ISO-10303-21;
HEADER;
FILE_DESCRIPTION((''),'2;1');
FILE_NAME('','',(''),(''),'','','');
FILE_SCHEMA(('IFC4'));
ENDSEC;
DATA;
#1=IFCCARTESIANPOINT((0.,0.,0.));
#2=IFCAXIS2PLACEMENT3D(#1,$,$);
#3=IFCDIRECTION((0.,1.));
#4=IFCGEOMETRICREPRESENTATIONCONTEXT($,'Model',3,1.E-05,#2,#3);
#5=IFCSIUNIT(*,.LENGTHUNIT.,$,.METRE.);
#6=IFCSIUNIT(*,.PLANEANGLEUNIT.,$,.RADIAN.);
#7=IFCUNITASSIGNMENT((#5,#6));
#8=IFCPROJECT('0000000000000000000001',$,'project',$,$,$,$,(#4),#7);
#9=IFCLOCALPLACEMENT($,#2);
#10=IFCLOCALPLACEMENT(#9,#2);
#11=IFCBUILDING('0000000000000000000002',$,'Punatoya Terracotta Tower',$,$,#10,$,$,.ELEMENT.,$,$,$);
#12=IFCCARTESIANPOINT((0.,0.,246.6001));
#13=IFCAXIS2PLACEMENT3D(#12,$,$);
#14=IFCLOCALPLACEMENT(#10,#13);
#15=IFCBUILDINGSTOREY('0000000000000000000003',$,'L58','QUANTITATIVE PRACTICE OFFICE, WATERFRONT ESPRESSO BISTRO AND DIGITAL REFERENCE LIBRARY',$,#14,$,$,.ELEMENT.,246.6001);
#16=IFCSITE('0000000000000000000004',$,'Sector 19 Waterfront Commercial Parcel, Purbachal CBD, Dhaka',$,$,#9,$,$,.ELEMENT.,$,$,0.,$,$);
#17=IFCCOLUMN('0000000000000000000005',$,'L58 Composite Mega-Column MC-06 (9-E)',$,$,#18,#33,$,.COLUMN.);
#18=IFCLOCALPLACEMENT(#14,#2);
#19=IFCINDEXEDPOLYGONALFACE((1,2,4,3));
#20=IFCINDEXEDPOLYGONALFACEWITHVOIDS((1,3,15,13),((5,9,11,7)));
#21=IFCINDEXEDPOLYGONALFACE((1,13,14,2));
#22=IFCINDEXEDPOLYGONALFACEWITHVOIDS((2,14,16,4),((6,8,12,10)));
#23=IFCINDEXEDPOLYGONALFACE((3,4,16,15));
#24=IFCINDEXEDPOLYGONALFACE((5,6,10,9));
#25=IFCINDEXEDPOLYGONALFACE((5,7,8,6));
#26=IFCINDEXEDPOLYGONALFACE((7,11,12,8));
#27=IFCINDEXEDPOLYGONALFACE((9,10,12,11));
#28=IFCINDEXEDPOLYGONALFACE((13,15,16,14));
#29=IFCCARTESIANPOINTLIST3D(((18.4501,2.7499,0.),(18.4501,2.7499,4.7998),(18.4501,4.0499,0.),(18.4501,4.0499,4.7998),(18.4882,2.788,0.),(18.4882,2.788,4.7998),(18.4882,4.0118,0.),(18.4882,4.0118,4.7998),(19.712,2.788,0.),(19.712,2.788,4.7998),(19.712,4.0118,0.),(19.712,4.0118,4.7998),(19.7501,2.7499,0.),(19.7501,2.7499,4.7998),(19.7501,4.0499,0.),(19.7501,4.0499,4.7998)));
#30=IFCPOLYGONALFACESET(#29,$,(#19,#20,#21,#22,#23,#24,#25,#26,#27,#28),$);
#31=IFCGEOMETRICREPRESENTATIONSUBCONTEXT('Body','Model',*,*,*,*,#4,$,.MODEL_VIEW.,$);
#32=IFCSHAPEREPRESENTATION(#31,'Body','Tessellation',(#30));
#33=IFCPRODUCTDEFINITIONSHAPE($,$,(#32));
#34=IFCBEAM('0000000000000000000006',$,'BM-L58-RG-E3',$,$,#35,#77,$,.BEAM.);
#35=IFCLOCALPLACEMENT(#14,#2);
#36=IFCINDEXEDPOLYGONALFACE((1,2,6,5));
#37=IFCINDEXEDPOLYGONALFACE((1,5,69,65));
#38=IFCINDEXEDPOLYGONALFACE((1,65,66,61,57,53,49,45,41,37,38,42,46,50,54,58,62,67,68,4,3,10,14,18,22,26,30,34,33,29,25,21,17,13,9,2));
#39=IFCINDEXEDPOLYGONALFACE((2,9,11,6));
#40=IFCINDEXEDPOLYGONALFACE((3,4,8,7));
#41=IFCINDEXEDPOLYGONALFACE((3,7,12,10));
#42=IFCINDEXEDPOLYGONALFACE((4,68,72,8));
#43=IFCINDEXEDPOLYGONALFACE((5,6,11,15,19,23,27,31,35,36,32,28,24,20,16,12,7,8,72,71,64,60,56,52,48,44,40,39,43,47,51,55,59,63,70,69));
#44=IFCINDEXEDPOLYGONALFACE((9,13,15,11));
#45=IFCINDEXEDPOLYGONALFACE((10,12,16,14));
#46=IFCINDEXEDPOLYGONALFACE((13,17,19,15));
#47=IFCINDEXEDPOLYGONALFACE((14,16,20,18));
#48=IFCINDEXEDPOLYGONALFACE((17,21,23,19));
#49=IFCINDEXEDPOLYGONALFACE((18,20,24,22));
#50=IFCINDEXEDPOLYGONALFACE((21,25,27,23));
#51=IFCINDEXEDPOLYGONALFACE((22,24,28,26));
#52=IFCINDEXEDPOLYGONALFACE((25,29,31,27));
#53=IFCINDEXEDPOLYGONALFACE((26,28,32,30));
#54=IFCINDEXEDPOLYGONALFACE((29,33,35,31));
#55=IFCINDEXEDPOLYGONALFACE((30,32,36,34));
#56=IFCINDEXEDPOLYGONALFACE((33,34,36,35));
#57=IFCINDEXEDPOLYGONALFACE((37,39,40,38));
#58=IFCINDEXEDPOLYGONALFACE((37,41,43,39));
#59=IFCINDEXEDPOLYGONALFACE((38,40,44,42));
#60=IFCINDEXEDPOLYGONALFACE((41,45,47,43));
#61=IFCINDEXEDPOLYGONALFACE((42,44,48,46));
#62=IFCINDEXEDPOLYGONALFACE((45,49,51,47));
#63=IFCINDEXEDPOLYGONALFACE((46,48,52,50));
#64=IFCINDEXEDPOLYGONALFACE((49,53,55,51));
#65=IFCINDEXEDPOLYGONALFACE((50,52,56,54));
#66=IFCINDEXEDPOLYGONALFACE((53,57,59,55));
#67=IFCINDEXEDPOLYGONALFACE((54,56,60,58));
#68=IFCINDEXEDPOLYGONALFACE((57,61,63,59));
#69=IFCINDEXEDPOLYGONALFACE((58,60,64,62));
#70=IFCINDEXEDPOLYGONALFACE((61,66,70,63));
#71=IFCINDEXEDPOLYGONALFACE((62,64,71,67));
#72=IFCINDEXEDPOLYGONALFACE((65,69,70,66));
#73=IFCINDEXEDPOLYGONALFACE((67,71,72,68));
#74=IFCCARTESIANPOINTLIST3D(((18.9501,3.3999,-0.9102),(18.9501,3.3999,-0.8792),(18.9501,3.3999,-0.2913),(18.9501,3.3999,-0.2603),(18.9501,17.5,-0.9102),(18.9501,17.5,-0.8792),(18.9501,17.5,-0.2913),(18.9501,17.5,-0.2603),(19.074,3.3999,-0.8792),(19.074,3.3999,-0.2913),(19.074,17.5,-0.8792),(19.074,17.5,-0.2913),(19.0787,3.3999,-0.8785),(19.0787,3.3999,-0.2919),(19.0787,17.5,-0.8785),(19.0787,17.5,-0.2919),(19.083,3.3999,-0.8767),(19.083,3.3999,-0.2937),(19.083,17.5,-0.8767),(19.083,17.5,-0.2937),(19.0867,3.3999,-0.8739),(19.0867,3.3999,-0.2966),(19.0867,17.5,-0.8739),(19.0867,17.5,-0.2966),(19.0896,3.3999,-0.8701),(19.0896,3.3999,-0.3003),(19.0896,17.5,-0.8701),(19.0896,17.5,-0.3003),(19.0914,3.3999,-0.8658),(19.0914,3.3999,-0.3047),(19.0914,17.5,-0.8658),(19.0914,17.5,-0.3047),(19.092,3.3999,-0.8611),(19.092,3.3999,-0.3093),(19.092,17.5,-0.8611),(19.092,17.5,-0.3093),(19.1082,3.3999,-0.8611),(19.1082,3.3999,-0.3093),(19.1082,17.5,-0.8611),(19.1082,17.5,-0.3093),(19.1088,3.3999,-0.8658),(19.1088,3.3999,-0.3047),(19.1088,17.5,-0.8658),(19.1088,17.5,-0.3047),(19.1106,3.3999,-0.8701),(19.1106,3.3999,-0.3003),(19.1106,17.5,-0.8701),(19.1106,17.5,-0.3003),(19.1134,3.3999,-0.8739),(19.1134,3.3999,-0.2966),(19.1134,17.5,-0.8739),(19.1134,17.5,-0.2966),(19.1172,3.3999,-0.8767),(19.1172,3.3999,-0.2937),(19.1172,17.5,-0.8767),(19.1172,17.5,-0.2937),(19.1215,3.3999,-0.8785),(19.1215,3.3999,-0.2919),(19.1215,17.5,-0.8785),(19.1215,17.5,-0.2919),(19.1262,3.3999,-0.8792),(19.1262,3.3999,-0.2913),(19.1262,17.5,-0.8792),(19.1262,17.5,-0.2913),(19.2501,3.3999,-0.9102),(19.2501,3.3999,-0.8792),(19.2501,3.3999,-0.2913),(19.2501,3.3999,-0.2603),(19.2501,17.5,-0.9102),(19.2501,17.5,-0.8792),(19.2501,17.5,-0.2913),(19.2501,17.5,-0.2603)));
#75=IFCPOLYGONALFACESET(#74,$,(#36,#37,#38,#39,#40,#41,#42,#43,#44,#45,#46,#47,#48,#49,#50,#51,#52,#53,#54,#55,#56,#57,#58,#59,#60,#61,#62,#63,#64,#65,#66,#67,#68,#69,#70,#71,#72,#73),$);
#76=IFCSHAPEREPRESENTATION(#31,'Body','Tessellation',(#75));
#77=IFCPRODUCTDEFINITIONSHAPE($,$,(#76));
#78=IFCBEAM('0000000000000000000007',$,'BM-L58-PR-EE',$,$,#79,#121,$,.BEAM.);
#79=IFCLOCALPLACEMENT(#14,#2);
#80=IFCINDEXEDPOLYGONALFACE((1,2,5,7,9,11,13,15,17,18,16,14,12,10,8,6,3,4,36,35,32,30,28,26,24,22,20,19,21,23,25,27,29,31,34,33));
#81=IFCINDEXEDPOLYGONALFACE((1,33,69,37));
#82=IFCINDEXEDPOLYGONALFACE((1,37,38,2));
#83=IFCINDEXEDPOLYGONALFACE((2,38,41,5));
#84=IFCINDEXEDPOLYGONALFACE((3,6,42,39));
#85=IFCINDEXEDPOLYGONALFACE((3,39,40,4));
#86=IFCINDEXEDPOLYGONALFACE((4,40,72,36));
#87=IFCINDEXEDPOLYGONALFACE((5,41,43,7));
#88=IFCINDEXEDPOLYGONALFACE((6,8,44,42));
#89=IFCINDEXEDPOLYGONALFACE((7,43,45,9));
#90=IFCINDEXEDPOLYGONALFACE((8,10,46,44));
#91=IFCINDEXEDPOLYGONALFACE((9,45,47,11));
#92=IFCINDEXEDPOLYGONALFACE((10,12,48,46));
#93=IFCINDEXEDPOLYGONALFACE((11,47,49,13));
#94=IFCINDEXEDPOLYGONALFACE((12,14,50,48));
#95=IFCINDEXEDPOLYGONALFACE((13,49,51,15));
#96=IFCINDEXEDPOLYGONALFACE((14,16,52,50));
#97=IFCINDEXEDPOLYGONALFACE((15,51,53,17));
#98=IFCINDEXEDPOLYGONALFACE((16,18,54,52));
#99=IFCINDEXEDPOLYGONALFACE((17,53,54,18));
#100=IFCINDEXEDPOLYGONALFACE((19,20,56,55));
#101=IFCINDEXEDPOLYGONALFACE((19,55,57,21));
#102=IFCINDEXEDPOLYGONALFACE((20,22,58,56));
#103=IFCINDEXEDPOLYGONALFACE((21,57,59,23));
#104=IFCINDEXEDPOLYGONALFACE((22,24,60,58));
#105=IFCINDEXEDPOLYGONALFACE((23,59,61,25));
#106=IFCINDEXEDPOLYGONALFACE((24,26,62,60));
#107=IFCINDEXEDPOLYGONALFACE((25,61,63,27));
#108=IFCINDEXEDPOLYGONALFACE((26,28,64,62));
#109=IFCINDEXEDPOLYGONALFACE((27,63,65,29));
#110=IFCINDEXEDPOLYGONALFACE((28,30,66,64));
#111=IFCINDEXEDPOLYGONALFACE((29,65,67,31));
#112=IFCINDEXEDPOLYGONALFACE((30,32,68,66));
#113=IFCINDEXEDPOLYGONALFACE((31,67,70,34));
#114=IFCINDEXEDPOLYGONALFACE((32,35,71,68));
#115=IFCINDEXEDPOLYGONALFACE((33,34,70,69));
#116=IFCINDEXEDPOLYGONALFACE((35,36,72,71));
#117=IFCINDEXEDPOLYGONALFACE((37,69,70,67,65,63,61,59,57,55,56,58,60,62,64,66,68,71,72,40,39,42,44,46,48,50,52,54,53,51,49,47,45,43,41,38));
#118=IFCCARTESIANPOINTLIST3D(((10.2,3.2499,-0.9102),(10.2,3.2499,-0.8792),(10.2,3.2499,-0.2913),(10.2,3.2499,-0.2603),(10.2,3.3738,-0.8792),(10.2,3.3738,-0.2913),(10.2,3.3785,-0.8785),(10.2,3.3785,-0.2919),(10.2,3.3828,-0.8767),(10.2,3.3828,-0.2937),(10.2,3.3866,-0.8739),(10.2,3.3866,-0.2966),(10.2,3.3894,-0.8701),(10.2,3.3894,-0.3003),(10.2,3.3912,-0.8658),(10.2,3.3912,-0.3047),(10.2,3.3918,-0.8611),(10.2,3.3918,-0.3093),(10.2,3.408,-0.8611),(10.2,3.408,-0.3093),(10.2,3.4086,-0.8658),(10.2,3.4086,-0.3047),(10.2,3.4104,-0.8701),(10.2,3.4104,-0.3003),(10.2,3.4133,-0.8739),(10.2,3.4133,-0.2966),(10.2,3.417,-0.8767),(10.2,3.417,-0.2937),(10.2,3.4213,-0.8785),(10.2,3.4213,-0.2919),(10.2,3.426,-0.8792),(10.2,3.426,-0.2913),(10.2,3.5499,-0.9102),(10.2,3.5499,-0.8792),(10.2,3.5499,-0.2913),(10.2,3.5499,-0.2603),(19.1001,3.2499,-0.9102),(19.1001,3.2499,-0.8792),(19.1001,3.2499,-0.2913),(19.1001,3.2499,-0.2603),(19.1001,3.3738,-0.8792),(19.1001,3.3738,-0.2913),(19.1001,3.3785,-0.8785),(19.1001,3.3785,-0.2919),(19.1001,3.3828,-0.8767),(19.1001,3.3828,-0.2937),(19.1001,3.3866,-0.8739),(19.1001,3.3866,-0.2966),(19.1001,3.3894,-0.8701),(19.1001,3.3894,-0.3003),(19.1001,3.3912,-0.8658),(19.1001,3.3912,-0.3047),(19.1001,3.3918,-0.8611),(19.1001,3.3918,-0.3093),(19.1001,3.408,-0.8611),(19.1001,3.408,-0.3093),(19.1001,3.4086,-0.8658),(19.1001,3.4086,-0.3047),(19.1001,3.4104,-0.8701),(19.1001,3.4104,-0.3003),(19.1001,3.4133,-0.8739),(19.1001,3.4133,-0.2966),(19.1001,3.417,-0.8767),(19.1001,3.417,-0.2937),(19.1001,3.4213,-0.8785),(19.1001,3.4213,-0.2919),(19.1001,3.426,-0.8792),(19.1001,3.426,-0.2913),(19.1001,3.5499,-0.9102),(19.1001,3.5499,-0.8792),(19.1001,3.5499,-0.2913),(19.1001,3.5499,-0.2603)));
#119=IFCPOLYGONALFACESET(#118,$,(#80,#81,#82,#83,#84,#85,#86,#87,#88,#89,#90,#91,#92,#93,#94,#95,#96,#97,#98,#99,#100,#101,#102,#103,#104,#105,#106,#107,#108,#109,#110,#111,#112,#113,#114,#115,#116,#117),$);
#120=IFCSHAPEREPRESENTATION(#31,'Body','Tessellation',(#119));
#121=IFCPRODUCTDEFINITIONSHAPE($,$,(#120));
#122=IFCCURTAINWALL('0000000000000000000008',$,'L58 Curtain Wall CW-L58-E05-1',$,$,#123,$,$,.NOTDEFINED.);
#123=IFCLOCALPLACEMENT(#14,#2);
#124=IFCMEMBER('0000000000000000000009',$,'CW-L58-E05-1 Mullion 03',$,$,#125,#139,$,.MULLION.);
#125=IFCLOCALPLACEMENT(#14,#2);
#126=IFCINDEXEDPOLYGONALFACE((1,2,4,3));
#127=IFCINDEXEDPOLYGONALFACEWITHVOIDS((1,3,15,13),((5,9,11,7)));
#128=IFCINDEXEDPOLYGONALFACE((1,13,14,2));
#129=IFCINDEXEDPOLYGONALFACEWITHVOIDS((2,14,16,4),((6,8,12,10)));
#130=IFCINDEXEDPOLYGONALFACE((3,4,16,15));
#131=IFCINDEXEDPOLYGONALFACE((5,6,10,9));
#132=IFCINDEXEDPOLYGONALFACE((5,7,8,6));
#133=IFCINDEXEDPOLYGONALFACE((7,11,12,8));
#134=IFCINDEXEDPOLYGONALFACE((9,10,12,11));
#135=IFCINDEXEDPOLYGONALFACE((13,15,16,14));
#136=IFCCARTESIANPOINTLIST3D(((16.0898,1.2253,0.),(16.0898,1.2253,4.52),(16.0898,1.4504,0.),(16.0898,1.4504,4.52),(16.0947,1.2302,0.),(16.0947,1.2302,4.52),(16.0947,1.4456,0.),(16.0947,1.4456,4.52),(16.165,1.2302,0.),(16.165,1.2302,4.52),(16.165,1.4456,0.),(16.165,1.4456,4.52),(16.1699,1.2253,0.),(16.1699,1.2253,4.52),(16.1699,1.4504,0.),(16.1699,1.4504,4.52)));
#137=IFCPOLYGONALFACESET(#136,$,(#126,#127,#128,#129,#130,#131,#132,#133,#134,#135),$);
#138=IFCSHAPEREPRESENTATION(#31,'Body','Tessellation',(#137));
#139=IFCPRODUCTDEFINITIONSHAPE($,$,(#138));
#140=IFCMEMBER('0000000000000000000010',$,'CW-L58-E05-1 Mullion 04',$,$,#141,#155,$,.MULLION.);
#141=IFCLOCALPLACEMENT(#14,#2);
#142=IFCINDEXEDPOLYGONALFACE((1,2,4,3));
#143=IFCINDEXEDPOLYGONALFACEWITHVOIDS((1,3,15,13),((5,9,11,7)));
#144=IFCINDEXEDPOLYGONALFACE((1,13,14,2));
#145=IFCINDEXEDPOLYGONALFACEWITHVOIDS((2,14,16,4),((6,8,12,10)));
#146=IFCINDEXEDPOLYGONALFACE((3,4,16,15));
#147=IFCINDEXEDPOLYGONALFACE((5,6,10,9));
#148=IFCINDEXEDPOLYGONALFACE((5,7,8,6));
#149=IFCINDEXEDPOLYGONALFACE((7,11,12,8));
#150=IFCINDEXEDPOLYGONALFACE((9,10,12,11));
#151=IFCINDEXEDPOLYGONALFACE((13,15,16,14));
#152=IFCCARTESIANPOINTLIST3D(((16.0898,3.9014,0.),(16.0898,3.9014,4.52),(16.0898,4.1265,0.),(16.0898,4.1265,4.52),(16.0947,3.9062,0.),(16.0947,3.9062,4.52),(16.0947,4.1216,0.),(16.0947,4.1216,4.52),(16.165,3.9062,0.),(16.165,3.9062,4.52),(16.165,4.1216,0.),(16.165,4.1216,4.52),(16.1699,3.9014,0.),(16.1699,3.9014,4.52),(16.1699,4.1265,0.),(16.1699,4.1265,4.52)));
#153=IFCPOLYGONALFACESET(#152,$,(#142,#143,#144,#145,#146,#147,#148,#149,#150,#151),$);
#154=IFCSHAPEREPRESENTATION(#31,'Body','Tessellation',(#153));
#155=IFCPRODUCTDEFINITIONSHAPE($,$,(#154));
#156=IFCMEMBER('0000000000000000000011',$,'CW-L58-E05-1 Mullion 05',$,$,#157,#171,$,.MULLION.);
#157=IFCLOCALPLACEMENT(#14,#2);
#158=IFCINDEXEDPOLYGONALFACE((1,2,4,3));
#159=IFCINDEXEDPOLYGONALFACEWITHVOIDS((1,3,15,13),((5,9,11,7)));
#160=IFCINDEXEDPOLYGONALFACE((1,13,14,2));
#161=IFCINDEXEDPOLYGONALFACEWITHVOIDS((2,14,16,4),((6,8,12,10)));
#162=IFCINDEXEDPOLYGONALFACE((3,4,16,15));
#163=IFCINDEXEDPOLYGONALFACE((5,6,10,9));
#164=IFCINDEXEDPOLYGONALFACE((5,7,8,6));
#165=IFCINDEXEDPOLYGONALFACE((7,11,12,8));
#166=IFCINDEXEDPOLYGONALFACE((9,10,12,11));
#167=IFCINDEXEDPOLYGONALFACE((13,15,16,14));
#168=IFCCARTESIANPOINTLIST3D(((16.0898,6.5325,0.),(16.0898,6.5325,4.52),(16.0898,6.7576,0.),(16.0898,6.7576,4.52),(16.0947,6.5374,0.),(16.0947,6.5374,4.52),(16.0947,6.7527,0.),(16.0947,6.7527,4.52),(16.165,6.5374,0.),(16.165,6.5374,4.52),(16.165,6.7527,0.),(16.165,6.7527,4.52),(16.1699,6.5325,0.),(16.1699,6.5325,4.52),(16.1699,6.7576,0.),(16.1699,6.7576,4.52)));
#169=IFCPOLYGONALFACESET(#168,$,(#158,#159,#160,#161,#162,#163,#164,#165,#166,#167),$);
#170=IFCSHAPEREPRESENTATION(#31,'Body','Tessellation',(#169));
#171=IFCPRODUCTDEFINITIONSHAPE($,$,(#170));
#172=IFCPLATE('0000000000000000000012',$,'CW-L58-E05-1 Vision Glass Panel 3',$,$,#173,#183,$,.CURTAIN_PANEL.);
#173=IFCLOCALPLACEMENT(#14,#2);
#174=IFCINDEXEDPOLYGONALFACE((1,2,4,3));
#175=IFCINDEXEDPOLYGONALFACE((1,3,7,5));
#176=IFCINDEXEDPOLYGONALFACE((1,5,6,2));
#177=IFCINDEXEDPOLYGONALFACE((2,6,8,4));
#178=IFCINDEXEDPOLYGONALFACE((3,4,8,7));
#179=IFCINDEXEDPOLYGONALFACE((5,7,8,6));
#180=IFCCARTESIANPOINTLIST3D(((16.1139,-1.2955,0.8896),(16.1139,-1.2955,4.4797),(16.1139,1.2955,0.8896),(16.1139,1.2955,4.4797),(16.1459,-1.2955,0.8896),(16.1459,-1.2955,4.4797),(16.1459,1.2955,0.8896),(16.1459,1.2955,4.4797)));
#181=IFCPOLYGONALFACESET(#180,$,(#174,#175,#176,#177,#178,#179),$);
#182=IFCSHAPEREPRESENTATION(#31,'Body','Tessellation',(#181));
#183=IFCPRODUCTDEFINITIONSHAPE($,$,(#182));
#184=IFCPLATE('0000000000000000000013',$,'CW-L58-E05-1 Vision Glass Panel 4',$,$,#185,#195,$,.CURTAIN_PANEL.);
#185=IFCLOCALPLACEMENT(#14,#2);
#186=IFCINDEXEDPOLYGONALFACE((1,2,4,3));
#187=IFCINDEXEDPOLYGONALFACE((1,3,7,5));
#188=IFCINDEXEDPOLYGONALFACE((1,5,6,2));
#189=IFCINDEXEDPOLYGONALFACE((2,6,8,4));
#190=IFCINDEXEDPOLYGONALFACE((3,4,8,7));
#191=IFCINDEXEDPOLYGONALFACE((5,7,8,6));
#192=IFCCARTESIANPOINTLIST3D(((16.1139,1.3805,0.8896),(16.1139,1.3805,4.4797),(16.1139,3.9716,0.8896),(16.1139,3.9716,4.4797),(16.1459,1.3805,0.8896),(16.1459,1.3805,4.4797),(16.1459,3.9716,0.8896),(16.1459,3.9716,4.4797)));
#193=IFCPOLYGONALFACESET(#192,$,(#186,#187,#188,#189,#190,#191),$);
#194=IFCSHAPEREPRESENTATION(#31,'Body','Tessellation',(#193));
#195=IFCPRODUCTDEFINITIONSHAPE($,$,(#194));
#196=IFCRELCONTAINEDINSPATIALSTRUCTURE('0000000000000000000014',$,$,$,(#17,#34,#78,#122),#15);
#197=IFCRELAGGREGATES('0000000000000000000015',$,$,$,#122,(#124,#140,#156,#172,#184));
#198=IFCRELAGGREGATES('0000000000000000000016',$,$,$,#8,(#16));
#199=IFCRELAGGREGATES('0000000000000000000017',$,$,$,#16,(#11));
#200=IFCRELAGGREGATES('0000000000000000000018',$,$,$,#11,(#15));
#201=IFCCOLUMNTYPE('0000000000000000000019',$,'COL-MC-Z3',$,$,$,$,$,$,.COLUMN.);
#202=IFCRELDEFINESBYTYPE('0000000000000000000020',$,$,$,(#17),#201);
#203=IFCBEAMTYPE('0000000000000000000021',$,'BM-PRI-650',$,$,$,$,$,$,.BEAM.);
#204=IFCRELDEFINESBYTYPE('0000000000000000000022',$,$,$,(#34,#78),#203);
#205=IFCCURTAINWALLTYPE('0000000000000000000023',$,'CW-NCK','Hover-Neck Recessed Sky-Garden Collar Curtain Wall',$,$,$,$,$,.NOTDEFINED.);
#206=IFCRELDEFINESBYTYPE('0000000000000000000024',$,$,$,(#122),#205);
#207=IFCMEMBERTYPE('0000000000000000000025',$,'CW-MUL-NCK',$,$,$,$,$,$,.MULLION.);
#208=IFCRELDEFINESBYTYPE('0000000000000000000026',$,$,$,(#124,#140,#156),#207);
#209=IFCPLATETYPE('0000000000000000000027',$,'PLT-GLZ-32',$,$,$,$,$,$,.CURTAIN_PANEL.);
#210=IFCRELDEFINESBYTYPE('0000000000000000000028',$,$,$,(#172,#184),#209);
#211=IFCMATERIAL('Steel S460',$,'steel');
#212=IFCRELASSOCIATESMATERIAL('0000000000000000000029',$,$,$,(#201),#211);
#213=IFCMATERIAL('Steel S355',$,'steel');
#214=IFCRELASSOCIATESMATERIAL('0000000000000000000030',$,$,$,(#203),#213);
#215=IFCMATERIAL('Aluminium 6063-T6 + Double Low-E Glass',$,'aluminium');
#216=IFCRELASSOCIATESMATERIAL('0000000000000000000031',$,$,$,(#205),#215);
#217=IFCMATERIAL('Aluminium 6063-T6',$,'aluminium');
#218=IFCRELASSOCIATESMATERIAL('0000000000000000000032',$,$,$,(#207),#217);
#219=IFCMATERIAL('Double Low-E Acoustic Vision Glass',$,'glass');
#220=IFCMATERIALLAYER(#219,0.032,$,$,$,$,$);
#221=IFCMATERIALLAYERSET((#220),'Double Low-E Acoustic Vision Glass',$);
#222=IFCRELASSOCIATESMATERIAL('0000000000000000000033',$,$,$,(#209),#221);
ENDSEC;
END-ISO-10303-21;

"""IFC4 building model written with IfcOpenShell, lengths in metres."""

from ifc_helpers import new_model, si_unit, direction, frame, origin, origin_2d, place, context, subcontext, project, spatial, rectangle, hollow_rectangle, i_section, extrude, material, layer, layer_set, material_profile, profile_set, type_object, element, aggregate, save


model = new_model("IFC4")

# Units and contexts
model_context = context("Model", 3, precision=1e-05, world=origin(), true_north=direction((0.0, 1.0)))
body_context = subcontext(model_context, "Body", "Model", "MODEL_VIEW")
ifc_project = project(units=[si_unit("LENGTHUNIT", "METRE"), si_unit("PLANEANGLEUNIT", "RADIAN")], contexts=[model_context])

# Site, building, storey
site_placement = place(None, origin())
site = spatial("IfcSite", under=ifc_project, at=site_placement, Name="Sector 19 Waterfront Commercial Parcel, Purbachal CBD, Dhaka", CompositionType="ELEMENT", RefElevation=0.0)
building_placement = place(site_placement, origin())
building = spatial("IfcBuilding", under=site, at=building_placement, Name="Punatoya Terracotta Tower", CompositionType="ELEMENT")
storey_placement = place(building_placement, frame((0.0, 0.0, 246.6001)))
storey = spatial("IfcBuildingStorey", under=building, at=storey_placement, Name="L58", Description="QUANTITATIVE PRACTICE OFFICE, WATERFRONT ESPRESSO BISTRO AND DIGITAL REFERENCE LIBRARY", CompositionType="ELEMENT", Elevation=246.6001)

# Column
ifc_material_1 = material(Name="Steel S460", Category="steel")
ifc_material_profile_1 = material_profile(ifc_material_1, hollow_rectangle(XDim=1.3, YDim=1.3, WallThickness=0.0381, at=origin_2d()))
ifc_profile_set_1 = profile_set([ifc_material_profile_1], Name="Steel S460")
column_type = type_object("IfcColumnType", Name="COL-MC-Z3", PredefinedType="COLUMN", material=ifc_profile_set_1)
column_placement = place(storey_placement, frame((19.1001, 3.3999, 0.0), z_axis=(0.0, 0.0, 1.0), x_axis=(1.0, 0.0, 0.0)))
element("IfcColumn", 1, at=column_placement, inside=storey, type_object=column_type, Name="L58 Composite Mega-Column MC-06 (9-E)", PredefinedType="COLUMN", context=body_context, shape_type="SweptSolid", body=[
    extrude(hollow_rectangle(XDim=1.3, YDim=1.3, WallThickness=0.0381, at=origin_2d()), origin(), (0.0, 0.0, 1.0), 4.7998),
])

# Beams
ifc_material_2 = material(Name="Steel S355", Category="steel")
ifc_material_profile_2 = material_profile(ifc_material_2, i_section(OverallWidth=0.3, OverallDepth=0.6499, WebThickness=0.0161, FlangeThickness=0.031, FilletRadius=0.0181, at=origin_2d()))
ifc_profile_set_2 = profile_set([ifc_material_profile_2], Name="Steel S355")
beam_type = type_object("IfcBeamType", Name="BM-PRI-650", PredefinedType="BEAM", material=ifc_profile_set_2)
beam_1_placement = place(storey_placement, frame((19.1001, 3.3999, -0.5852), z_axis=(0.0, 1.0, 0.0), x_axis=(-1.0, 0.0, 0.0)))
element("IfcBeam", 2, at=beam_1_placement, inside=storey, type_object=beam_type, Name="BM-L58-RG-E3", PredefinedType="BEAM", context=body_context, shape_type="SweptSolid", body=[
    extrude(i_section(OverallWidth=0.3, OverallDepth=0.6499, WebThickness=0.0161, FlangeThickness=0.031, FilletRadius=0.0181, at=origin_2d()), origin(), (0.0, 0.0, 1.0), 14.1001),
])
beam_2_placement = place(storey_placement, frame((10.2, 3.3999, -0.5852), z_axis=(1.0, 0.0, 0.0), x_axis=(0.0, 1.0, 0.0)))
element("IfcBeam", 3, at=beam_2_placement, inside=storey, type_object=beam_type, Name="BM-L58-PR-EE", PredefinedType="BEAM", context=body_context, shape_type="SweptSolid", body=[
    extrude(i_section(OverallWidth=0.3, OverallDepth=0.6499, WebThickness=0.0161, FlangeThickness=0.031, FilletRadius=0.0181, at=origin_2d()), origin(), (0.0, 0.0, 1.0), 8.9001),
])

# Curtain wall, members, plates
ifc_material_3 = material(Name="Aluminium 6063-T6 + Double Low-E Glass", Category="aluminium")
curtain_wall_type = type_object("IfcCurtainWallType", Name="CW-NCK", Description="Hover-Neck Recessed Sky-Garden Collar Curtain Wall", PredefinedType="NOTDEFINED", material=ifc_material_3)
curtain_wall_placement = place(storey_placement, origin())
curtain_wall = element("IfcCurtainWall", 4, at=curtain_wall_placement, inside=storey, type_object=curtain_wall_type, Name="L58 Curtain Wall CW-L58-E05-1", PredefinedType="NOTDEFINED")
ifc_material_4 = material(Name="Aluminium 6063-T6", Category="aluminium")
ifc_material_profile_3 = material_profile(ifc_material_4, hollow_rectangle(XDim=0.0801, YDim=0.2251, WallThickness=0.0049, at=origin_2d()))
ifc_profile_set_3 = profile_set([ifc_material_profile_3], Name="Aluminium 6063-T6")
member_type = type_object("IfcMemberType", Name="CW-MUL-NCK", PredefinedType="MULLION", material=ifc_profile_set_3)
member_1_placement = place(storey_placement, frame((16.1299, 1.3379, 0.0), z_axis=(0.0, 0.0, 1.0), x_axis=(1.0, 0.0, 0.0)))
member_1 = element("IfcMember", 5, at=member_1_placement, type_object=member_type, Name="CW-L58-E05-1 Mullion 03", PredefinedType="MULLION", context=body_context, shape_type="SweptSolid", body=[
    extrude(hollow_rectangle(XDim=0.0801, YDim=0.2251, WallThickness=0.0049, at=origin_2d()), origin(), (0.0, 0.0, 1.0), 4.52),
])
member_2_placement = place(storey_placement, frame((16.1299, 4.0139, 0.0), z_axis=(0.0, 0.0, 1.0), x_axis=(1.0, 0.0, 0.0)))
member_2 = element("IfcMember", 6, at=member_2_placement, type_object=member_type, Name="CW-L58-E05-1 Mullion 04", PredefinedType="MULLION", context=body_context, shape_type="SweptSolid", body=[
    extrude(hollow_rectangle(XDim=0.0801, YDim=0.2251, WallThickness=0.0049, at=origin_2d()), origin(), (0.0, 0.0, 1.0), 4.52),
])
member_3_placement = place(storey_placement, frame((16.1299, 6.645, 0.0), z_axis=(0.0, 0.0, 1.0), x_axis=(1.0, 0.0, 0.0)))
member_3 = element("IfcMember", 7, at=member_3_placement, type_object=member_type, Name="CW-L58-E05-1 Mullion 05", PredefinedType="MULLION", context=body_context, shape_type="SweptSolid", body=[
    extrude(hollow_rectangle(XDim=0.0801, YDim=0.2251, WallThickness=0.0049, at=origin_2d()), origin(), (0.0, 0.0, 1.0), 4.52),
])
ifc_material_5 = material(Name="Double Low-E Acoustic Vision Glass", Category="glass")
ifc_layer_1 = layer(ifc_material_5, 0.032)
ifc_layer_set_1 = layer_set([ifc_layer_1], Name="Double Low-E Acoustic Vision Glass")
plate_type_1 = type_object("IfcPlateType", Name="PLT-GLZ-32", PredefinedType="CURTAIN_PANEL", material=ifc_layer_set_1)
plate_1_placement = place(storey_placement, frame((16.1299, 0.0, 0.8896), z_axis=(0.0, 0.0, 1.0), x_axis=(0.0, 1.0, 0.0)))
plate_1 = element("IfcPlate", 8, at=plate_1_placement, type_object=plate_type_1, Name="CW-L58-E05-1 Vision Glass Panel 3", PredefinedType="CURTAIN_PANEL", context=body_context, shape_type="SweptSolid", body=[
    extrude(rectangle(XDim=2.5911, YDim=0.032, at=origin_2d()), origin(), (0.0, 0.0, 1.0), 3.5901),
])
plate_2_placement = place(storey_placement, frame((16.1299, 2.676, 0.8896), z_axis=(0.0, 0.0, 1.0), x_axis=(0.0, 1.0, 0.0)))
plate_2 = element("IfcPlate", 9, at=plate_2_placement, type_object=plate_type_1, Name="CW-L58-E05-1 Vision Glass Panel 4", PredefinedType="CURTAIN_PANEL", context=body_context, shape_type="SweptSolid", body=[
    extrude(rectangle(XDim=2.5911, YDim=0.032, at=origin_2d()), origin(), (0.0, 0.0, 1.0), 3.5901),
])
aggregate(curtain_wall, [member_1, member_2, member_3, plate_1, plate_2])

save(model, "model.ifc")
